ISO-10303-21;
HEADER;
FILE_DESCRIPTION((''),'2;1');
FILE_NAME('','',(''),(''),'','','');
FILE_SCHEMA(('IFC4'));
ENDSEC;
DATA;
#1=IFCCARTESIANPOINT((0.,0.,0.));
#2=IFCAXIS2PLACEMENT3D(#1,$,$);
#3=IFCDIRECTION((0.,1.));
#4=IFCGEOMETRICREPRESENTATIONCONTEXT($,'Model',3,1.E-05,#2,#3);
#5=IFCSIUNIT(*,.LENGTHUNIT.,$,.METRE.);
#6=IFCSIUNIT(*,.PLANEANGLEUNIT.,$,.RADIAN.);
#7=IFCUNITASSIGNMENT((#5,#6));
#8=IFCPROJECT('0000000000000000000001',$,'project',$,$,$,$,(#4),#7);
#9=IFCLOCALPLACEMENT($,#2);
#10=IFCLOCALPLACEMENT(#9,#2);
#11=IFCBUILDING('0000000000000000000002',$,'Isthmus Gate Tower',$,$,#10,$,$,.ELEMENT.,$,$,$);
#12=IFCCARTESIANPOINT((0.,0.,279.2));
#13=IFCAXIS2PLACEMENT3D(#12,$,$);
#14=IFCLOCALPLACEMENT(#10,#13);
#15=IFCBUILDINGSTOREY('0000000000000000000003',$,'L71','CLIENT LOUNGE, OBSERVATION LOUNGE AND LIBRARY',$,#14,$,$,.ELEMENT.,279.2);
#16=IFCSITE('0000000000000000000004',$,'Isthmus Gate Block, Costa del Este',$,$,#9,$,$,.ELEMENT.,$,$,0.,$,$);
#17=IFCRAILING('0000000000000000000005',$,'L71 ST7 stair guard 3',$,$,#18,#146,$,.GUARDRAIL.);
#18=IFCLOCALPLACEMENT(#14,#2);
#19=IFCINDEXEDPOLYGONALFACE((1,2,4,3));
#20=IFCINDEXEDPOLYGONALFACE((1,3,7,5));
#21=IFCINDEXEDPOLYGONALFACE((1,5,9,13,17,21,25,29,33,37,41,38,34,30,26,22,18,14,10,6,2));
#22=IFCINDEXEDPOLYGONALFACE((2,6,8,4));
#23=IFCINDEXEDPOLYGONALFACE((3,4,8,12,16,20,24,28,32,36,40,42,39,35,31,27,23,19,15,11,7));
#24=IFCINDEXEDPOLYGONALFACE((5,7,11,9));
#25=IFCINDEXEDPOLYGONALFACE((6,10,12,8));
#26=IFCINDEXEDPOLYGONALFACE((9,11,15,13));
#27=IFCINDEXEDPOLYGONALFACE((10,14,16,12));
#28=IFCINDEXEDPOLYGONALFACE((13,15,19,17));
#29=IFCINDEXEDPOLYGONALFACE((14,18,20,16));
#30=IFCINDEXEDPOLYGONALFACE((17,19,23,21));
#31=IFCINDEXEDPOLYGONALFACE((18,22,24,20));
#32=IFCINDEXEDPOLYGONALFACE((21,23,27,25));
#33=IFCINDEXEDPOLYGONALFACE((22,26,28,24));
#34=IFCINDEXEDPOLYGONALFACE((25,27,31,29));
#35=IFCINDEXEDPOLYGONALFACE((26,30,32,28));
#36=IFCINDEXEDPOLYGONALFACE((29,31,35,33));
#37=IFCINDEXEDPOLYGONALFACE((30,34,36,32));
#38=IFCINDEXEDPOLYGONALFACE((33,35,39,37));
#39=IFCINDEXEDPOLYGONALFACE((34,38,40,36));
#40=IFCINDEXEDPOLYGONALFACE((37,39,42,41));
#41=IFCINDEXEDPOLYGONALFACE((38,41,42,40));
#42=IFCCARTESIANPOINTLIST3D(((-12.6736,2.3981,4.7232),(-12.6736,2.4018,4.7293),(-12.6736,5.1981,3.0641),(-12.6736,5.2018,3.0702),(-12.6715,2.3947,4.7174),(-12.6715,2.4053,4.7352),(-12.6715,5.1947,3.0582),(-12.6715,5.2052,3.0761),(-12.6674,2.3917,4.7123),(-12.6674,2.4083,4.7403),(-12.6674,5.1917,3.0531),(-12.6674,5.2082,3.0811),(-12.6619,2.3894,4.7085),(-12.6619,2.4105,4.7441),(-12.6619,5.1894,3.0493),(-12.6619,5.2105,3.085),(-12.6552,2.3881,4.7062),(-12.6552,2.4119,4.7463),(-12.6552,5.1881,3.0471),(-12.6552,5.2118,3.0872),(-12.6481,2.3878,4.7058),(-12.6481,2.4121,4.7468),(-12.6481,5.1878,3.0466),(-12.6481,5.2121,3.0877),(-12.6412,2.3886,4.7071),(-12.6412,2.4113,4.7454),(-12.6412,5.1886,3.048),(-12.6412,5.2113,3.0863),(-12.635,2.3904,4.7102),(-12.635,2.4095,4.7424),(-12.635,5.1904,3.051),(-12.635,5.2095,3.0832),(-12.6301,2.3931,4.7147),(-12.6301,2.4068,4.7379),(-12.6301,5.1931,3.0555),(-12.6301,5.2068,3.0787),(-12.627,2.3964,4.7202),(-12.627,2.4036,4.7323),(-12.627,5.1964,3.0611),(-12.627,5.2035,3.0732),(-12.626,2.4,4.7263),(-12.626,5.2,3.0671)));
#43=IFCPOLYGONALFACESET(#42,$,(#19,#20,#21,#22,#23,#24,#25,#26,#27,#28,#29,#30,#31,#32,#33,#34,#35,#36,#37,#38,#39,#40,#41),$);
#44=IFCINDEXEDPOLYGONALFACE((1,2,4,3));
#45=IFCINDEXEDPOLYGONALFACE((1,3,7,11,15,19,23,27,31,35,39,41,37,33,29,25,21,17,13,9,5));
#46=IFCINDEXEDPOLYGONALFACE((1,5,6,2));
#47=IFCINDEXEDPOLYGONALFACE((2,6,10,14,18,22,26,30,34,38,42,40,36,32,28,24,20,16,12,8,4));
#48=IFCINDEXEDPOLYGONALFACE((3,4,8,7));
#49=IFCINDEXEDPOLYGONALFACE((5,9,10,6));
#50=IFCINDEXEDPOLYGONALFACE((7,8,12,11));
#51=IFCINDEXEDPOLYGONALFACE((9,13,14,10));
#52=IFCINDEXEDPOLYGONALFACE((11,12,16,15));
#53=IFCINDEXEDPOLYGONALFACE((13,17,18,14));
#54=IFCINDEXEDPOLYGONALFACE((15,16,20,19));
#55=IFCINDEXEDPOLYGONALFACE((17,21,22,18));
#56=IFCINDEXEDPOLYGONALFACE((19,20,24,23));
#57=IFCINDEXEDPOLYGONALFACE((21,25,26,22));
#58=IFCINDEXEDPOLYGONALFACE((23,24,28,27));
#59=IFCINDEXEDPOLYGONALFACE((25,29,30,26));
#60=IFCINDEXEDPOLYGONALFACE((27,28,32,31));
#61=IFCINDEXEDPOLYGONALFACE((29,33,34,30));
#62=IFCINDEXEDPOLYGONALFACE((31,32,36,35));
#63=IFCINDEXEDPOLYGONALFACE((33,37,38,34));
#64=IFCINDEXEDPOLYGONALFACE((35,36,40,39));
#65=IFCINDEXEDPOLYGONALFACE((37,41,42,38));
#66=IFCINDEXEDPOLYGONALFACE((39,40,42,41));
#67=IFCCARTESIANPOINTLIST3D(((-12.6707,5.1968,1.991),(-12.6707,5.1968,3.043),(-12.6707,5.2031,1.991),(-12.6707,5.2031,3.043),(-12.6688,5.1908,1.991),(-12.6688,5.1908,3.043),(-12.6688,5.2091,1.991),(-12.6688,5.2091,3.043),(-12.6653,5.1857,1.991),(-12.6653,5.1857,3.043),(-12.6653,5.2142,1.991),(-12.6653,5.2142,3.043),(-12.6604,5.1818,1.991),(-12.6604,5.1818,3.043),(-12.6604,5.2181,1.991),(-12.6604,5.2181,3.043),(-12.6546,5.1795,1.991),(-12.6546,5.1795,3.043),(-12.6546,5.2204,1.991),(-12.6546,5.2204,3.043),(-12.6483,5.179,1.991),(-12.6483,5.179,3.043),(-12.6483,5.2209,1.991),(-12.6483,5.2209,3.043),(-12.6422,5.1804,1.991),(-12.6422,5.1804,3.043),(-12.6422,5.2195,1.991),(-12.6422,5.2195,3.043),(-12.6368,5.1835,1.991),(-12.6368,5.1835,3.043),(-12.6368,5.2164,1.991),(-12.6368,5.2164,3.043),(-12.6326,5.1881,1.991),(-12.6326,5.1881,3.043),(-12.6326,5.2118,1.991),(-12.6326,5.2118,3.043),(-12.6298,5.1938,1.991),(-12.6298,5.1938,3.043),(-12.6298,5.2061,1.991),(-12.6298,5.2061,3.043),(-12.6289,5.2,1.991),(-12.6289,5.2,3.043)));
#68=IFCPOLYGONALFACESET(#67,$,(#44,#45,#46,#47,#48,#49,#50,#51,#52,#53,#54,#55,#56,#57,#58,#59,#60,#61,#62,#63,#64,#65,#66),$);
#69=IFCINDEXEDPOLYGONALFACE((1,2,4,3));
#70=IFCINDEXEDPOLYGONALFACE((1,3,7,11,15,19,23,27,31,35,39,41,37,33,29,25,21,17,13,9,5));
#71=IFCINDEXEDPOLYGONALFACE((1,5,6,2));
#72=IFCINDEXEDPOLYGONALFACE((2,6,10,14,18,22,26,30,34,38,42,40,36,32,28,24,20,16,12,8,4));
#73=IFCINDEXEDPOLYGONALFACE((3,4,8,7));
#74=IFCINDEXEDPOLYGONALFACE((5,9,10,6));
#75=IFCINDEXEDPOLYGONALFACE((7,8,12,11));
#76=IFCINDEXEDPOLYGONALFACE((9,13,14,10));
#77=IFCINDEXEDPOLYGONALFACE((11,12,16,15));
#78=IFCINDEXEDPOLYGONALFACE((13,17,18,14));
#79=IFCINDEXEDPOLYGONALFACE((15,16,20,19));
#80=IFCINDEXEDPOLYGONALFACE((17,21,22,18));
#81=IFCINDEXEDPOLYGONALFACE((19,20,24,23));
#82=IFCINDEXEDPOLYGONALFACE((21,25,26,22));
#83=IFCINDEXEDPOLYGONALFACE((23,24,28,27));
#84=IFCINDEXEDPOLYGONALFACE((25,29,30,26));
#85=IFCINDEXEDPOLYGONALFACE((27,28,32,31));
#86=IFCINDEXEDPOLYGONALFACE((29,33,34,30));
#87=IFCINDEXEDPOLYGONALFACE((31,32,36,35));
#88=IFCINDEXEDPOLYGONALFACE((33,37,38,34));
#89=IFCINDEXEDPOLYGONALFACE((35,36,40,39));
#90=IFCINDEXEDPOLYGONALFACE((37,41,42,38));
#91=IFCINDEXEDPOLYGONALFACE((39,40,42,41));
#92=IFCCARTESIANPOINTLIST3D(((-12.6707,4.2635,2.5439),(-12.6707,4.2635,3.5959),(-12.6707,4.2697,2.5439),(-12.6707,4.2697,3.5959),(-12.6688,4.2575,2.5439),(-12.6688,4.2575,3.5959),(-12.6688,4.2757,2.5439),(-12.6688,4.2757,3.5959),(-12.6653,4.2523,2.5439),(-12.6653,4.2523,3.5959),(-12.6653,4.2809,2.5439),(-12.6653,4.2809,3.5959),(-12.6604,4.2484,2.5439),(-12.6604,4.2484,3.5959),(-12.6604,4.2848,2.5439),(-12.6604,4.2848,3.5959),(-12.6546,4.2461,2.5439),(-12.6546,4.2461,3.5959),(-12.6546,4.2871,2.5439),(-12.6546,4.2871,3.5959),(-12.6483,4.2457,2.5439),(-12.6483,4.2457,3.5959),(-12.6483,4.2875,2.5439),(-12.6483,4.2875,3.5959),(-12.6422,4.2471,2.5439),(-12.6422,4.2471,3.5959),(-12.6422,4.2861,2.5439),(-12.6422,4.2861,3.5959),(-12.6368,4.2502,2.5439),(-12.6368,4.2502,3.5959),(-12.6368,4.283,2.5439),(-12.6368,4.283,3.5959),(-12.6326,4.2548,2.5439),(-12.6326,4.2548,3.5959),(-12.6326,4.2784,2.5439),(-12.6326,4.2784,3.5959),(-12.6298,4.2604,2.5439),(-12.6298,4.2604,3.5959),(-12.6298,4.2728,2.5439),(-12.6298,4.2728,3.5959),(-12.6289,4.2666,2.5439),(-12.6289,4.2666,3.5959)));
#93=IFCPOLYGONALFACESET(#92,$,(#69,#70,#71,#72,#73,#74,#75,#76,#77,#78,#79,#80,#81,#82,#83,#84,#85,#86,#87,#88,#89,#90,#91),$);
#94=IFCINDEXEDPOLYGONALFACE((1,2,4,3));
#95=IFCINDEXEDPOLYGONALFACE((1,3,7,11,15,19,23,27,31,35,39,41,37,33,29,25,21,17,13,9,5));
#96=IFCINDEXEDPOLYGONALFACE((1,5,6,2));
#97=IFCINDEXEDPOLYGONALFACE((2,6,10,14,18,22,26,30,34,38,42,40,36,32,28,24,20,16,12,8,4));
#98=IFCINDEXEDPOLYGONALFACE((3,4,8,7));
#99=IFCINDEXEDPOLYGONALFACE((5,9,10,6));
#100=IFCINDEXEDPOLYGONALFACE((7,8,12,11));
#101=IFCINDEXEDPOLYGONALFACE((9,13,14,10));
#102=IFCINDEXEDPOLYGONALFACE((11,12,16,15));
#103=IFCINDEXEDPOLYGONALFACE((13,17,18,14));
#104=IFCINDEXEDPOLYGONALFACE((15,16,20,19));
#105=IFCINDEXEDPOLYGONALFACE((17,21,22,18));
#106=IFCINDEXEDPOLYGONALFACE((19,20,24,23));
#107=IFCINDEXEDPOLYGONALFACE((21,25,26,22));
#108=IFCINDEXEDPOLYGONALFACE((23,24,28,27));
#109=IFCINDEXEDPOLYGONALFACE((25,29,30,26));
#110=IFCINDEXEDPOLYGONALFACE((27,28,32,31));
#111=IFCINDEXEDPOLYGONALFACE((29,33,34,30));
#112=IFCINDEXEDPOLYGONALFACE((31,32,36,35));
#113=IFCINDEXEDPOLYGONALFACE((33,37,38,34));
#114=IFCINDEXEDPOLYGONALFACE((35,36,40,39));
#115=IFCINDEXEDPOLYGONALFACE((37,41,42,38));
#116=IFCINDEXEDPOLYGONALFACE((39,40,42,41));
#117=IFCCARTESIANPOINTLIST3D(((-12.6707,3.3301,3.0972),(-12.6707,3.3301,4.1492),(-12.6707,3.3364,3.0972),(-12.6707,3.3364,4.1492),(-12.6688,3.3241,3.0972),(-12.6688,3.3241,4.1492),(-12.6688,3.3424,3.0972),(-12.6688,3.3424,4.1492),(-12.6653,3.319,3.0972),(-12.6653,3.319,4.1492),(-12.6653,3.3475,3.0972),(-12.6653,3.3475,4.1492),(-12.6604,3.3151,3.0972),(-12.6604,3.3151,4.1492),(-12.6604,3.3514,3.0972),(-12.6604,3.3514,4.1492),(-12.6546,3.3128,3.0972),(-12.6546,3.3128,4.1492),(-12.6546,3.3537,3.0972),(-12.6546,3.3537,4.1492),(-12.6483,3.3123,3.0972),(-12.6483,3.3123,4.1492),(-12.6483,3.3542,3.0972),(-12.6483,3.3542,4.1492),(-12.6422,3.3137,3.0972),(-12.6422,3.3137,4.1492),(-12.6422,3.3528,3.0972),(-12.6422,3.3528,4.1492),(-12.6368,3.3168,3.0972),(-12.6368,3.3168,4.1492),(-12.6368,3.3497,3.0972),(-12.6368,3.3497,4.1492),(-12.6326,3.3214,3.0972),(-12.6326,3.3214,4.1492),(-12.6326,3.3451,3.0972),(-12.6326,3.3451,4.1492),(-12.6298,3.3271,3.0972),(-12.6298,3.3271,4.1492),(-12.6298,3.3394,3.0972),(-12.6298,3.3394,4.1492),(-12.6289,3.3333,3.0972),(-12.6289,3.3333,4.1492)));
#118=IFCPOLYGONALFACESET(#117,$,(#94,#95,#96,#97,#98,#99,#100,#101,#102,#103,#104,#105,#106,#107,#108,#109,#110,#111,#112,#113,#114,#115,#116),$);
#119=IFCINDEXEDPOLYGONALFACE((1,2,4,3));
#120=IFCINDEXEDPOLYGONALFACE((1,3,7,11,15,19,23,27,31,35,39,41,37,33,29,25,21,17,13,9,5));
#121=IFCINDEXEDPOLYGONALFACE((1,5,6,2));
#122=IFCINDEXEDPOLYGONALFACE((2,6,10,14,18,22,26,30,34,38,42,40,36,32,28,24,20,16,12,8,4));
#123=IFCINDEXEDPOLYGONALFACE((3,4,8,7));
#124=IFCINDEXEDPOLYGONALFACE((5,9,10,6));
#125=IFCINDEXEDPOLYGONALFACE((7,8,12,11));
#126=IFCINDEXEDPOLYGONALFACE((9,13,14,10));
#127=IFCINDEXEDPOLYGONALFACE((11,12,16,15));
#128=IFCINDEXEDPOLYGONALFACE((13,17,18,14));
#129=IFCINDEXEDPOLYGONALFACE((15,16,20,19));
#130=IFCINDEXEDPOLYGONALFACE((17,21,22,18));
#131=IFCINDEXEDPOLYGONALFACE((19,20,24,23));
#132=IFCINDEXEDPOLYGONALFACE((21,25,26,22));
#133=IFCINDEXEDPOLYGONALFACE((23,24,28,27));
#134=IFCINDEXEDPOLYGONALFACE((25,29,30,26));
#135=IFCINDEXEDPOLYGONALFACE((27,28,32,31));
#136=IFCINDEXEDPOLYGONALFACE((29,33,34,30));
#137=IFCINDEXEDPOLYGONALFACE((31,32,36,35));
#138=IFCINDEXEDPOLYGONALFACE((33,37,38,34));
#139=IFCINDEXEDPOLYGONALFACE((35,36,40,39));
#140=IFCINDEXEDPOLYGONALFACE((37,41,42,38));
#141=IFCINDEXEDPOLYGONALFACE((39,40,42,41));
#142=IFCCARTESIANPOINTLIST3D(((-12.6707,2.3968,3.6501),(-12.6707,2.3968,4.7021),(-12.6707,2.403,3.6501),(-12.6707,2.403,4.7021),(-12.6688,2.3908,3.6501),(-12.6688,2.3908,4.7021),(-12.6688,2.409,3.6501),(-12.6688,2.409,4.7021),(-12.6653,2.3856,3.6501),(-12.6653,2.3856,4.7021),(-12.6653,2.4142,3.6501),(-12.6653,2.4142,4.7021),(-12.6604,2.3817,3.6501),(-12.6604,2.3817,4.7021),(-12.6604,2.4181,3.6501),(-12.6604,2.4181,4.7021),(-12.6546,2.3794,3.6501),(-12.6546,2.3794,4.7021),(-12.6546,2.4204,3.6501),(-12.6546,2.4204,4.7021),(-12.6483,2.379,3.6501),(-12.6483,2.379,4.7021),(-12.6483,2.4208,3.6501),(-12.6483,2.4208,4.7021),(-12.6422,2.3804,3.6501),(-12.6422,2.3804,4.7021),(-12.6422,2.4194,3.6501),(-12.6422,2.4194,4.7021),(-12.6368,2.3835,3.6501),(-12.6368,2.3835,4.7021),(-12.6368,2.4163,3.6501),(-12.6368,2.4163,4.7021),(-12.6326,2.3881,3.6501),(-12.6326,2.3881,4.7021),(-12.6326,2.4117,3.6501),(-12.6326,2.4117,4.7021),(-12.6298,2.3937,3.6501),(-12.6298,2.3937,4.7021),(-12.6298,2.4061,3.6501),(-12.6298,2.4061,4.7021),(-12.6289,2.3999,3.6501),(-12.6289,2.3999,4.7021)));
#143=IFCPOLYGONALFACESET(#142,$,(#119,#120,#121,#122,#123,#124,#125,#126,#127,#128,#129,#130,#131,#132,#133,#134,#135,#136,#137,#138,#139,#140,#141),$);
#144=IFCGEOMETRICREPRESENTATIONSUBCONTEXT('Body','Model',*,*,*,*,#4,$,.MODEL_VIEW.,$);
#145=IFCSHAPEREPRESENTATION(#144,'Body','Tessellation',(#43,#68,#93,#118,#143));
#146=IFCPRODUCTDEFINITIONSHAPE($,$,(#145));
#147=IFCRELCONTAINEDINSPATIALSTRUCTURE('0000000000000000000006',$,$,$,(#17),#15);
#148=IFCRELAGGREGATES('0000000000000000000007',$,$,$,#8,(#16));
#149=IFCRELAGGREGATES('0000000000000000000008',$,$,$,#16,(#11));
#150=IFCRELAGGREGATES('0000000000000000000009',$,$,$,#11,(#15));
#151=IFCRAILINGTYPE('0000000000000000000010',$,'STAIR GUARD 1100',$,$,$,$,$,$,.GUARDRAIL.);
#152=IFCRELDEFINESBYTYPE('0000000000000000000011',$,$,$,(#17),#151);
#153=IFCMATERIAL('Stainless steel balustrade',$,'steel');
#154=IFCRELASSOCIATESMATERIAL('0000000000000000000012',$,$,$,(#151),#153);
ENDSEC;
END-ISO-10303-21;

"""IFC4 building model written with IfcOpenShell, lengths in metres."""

from ifc_helpers import new_model, si_unit, direction, frame, origin, origin_2d, place, context, subcontext, project, spatial, circle, extrude, material, type_object, element, save


model = new_model("IFC4")

# Units and contexts
model_context = context("Model", 3, precision=1e-05, world=origin(), true_north=direction((0.0, 1.0)))
body_context = subcontext(model_context, "Body", "Model", "MODEL_VIEW")
ifc_project = project(units=[si_unit("LENGTHUNIT", "METRE"), si_unit("PLANEANGLEUNIT", "RADIAN")], contexts=[model_context])

# Site, building, storey
site_placement = place(None, origin())
site = spatial("IfcSite", under=ifc_project, at=site_placement, Name="Isthmus Gate Block, Costa del Este", CompositionType="ELEMENT", RefElevation=0.0)
building_placement = place(site_placement, origin())
building = spatial("IfcBuilding", under=site, at=building_placement, Name="Isthmus Gate Tower", CompositionType="ELEMENT")
storey_placement = place(building_placement, frame((0.0, 0.0, 279.2)))
storey = spatial("IfcBuildingStorey", under=building, at=storey_placement, Name="L71", Description="CLIENT LOUNGE, OBSERVATION LOUNGE AND LIBRARY", CompositionType="ELEMENT", Elevation=279.2)

# Railing
ifc_material_1 = material(Name="Stainless steel balustrade", Category="steel")
railing_type_1 = type_object("IfcRailingType", Name="STAIR GUARD 1100", PredefinedType="GUARDRAIL", material=ifc_material_1)
railing_1_placement = place(storey_placement, frame((-12.6499, 5.2, 1.991)))
element("IfcRailing", 1, at=railing_1_placement, inside=storey, type_object=railing_type_1, Name="L71 ST7 stair guard 3", PredefinedType="GUARDRAIL", context=body_context, shape_type="SweptSolid", body=[
    extrude(circle(Radius=0.0239, at=origin_2d()), frame((0.0, 0.0, 1.0762), z_axis=(0.0, -0.860306, 0.509778), x_axis=(1.0, 0.0, 0.0)), (0.0, 0.0, 1.0), 3.2546),
    extrude(circle(Radius=0.021, at=origin_2d()), origin(), (0.0, 0.0, 1.0), 1.052),
    extrude(circle(Radius=0.021, at=origin_2d()), frame((0.0, -0.9333, 0.553)), (0.0, 0.0, 1.0), 1.052),
    extrude(circle(Radius=0.021, at=origin_2d()), frame((0.0, -1.8667, 1.1062)), (0.0, 0.0, 1.0), 1.052),
    extrude(circle(Radius=0.021, at=origin_2d()), frame((0.0, -2.8, 1.6592)), (0.0, 0.0, 1.0), 1.052),
])

save(model, "model.ifc")
